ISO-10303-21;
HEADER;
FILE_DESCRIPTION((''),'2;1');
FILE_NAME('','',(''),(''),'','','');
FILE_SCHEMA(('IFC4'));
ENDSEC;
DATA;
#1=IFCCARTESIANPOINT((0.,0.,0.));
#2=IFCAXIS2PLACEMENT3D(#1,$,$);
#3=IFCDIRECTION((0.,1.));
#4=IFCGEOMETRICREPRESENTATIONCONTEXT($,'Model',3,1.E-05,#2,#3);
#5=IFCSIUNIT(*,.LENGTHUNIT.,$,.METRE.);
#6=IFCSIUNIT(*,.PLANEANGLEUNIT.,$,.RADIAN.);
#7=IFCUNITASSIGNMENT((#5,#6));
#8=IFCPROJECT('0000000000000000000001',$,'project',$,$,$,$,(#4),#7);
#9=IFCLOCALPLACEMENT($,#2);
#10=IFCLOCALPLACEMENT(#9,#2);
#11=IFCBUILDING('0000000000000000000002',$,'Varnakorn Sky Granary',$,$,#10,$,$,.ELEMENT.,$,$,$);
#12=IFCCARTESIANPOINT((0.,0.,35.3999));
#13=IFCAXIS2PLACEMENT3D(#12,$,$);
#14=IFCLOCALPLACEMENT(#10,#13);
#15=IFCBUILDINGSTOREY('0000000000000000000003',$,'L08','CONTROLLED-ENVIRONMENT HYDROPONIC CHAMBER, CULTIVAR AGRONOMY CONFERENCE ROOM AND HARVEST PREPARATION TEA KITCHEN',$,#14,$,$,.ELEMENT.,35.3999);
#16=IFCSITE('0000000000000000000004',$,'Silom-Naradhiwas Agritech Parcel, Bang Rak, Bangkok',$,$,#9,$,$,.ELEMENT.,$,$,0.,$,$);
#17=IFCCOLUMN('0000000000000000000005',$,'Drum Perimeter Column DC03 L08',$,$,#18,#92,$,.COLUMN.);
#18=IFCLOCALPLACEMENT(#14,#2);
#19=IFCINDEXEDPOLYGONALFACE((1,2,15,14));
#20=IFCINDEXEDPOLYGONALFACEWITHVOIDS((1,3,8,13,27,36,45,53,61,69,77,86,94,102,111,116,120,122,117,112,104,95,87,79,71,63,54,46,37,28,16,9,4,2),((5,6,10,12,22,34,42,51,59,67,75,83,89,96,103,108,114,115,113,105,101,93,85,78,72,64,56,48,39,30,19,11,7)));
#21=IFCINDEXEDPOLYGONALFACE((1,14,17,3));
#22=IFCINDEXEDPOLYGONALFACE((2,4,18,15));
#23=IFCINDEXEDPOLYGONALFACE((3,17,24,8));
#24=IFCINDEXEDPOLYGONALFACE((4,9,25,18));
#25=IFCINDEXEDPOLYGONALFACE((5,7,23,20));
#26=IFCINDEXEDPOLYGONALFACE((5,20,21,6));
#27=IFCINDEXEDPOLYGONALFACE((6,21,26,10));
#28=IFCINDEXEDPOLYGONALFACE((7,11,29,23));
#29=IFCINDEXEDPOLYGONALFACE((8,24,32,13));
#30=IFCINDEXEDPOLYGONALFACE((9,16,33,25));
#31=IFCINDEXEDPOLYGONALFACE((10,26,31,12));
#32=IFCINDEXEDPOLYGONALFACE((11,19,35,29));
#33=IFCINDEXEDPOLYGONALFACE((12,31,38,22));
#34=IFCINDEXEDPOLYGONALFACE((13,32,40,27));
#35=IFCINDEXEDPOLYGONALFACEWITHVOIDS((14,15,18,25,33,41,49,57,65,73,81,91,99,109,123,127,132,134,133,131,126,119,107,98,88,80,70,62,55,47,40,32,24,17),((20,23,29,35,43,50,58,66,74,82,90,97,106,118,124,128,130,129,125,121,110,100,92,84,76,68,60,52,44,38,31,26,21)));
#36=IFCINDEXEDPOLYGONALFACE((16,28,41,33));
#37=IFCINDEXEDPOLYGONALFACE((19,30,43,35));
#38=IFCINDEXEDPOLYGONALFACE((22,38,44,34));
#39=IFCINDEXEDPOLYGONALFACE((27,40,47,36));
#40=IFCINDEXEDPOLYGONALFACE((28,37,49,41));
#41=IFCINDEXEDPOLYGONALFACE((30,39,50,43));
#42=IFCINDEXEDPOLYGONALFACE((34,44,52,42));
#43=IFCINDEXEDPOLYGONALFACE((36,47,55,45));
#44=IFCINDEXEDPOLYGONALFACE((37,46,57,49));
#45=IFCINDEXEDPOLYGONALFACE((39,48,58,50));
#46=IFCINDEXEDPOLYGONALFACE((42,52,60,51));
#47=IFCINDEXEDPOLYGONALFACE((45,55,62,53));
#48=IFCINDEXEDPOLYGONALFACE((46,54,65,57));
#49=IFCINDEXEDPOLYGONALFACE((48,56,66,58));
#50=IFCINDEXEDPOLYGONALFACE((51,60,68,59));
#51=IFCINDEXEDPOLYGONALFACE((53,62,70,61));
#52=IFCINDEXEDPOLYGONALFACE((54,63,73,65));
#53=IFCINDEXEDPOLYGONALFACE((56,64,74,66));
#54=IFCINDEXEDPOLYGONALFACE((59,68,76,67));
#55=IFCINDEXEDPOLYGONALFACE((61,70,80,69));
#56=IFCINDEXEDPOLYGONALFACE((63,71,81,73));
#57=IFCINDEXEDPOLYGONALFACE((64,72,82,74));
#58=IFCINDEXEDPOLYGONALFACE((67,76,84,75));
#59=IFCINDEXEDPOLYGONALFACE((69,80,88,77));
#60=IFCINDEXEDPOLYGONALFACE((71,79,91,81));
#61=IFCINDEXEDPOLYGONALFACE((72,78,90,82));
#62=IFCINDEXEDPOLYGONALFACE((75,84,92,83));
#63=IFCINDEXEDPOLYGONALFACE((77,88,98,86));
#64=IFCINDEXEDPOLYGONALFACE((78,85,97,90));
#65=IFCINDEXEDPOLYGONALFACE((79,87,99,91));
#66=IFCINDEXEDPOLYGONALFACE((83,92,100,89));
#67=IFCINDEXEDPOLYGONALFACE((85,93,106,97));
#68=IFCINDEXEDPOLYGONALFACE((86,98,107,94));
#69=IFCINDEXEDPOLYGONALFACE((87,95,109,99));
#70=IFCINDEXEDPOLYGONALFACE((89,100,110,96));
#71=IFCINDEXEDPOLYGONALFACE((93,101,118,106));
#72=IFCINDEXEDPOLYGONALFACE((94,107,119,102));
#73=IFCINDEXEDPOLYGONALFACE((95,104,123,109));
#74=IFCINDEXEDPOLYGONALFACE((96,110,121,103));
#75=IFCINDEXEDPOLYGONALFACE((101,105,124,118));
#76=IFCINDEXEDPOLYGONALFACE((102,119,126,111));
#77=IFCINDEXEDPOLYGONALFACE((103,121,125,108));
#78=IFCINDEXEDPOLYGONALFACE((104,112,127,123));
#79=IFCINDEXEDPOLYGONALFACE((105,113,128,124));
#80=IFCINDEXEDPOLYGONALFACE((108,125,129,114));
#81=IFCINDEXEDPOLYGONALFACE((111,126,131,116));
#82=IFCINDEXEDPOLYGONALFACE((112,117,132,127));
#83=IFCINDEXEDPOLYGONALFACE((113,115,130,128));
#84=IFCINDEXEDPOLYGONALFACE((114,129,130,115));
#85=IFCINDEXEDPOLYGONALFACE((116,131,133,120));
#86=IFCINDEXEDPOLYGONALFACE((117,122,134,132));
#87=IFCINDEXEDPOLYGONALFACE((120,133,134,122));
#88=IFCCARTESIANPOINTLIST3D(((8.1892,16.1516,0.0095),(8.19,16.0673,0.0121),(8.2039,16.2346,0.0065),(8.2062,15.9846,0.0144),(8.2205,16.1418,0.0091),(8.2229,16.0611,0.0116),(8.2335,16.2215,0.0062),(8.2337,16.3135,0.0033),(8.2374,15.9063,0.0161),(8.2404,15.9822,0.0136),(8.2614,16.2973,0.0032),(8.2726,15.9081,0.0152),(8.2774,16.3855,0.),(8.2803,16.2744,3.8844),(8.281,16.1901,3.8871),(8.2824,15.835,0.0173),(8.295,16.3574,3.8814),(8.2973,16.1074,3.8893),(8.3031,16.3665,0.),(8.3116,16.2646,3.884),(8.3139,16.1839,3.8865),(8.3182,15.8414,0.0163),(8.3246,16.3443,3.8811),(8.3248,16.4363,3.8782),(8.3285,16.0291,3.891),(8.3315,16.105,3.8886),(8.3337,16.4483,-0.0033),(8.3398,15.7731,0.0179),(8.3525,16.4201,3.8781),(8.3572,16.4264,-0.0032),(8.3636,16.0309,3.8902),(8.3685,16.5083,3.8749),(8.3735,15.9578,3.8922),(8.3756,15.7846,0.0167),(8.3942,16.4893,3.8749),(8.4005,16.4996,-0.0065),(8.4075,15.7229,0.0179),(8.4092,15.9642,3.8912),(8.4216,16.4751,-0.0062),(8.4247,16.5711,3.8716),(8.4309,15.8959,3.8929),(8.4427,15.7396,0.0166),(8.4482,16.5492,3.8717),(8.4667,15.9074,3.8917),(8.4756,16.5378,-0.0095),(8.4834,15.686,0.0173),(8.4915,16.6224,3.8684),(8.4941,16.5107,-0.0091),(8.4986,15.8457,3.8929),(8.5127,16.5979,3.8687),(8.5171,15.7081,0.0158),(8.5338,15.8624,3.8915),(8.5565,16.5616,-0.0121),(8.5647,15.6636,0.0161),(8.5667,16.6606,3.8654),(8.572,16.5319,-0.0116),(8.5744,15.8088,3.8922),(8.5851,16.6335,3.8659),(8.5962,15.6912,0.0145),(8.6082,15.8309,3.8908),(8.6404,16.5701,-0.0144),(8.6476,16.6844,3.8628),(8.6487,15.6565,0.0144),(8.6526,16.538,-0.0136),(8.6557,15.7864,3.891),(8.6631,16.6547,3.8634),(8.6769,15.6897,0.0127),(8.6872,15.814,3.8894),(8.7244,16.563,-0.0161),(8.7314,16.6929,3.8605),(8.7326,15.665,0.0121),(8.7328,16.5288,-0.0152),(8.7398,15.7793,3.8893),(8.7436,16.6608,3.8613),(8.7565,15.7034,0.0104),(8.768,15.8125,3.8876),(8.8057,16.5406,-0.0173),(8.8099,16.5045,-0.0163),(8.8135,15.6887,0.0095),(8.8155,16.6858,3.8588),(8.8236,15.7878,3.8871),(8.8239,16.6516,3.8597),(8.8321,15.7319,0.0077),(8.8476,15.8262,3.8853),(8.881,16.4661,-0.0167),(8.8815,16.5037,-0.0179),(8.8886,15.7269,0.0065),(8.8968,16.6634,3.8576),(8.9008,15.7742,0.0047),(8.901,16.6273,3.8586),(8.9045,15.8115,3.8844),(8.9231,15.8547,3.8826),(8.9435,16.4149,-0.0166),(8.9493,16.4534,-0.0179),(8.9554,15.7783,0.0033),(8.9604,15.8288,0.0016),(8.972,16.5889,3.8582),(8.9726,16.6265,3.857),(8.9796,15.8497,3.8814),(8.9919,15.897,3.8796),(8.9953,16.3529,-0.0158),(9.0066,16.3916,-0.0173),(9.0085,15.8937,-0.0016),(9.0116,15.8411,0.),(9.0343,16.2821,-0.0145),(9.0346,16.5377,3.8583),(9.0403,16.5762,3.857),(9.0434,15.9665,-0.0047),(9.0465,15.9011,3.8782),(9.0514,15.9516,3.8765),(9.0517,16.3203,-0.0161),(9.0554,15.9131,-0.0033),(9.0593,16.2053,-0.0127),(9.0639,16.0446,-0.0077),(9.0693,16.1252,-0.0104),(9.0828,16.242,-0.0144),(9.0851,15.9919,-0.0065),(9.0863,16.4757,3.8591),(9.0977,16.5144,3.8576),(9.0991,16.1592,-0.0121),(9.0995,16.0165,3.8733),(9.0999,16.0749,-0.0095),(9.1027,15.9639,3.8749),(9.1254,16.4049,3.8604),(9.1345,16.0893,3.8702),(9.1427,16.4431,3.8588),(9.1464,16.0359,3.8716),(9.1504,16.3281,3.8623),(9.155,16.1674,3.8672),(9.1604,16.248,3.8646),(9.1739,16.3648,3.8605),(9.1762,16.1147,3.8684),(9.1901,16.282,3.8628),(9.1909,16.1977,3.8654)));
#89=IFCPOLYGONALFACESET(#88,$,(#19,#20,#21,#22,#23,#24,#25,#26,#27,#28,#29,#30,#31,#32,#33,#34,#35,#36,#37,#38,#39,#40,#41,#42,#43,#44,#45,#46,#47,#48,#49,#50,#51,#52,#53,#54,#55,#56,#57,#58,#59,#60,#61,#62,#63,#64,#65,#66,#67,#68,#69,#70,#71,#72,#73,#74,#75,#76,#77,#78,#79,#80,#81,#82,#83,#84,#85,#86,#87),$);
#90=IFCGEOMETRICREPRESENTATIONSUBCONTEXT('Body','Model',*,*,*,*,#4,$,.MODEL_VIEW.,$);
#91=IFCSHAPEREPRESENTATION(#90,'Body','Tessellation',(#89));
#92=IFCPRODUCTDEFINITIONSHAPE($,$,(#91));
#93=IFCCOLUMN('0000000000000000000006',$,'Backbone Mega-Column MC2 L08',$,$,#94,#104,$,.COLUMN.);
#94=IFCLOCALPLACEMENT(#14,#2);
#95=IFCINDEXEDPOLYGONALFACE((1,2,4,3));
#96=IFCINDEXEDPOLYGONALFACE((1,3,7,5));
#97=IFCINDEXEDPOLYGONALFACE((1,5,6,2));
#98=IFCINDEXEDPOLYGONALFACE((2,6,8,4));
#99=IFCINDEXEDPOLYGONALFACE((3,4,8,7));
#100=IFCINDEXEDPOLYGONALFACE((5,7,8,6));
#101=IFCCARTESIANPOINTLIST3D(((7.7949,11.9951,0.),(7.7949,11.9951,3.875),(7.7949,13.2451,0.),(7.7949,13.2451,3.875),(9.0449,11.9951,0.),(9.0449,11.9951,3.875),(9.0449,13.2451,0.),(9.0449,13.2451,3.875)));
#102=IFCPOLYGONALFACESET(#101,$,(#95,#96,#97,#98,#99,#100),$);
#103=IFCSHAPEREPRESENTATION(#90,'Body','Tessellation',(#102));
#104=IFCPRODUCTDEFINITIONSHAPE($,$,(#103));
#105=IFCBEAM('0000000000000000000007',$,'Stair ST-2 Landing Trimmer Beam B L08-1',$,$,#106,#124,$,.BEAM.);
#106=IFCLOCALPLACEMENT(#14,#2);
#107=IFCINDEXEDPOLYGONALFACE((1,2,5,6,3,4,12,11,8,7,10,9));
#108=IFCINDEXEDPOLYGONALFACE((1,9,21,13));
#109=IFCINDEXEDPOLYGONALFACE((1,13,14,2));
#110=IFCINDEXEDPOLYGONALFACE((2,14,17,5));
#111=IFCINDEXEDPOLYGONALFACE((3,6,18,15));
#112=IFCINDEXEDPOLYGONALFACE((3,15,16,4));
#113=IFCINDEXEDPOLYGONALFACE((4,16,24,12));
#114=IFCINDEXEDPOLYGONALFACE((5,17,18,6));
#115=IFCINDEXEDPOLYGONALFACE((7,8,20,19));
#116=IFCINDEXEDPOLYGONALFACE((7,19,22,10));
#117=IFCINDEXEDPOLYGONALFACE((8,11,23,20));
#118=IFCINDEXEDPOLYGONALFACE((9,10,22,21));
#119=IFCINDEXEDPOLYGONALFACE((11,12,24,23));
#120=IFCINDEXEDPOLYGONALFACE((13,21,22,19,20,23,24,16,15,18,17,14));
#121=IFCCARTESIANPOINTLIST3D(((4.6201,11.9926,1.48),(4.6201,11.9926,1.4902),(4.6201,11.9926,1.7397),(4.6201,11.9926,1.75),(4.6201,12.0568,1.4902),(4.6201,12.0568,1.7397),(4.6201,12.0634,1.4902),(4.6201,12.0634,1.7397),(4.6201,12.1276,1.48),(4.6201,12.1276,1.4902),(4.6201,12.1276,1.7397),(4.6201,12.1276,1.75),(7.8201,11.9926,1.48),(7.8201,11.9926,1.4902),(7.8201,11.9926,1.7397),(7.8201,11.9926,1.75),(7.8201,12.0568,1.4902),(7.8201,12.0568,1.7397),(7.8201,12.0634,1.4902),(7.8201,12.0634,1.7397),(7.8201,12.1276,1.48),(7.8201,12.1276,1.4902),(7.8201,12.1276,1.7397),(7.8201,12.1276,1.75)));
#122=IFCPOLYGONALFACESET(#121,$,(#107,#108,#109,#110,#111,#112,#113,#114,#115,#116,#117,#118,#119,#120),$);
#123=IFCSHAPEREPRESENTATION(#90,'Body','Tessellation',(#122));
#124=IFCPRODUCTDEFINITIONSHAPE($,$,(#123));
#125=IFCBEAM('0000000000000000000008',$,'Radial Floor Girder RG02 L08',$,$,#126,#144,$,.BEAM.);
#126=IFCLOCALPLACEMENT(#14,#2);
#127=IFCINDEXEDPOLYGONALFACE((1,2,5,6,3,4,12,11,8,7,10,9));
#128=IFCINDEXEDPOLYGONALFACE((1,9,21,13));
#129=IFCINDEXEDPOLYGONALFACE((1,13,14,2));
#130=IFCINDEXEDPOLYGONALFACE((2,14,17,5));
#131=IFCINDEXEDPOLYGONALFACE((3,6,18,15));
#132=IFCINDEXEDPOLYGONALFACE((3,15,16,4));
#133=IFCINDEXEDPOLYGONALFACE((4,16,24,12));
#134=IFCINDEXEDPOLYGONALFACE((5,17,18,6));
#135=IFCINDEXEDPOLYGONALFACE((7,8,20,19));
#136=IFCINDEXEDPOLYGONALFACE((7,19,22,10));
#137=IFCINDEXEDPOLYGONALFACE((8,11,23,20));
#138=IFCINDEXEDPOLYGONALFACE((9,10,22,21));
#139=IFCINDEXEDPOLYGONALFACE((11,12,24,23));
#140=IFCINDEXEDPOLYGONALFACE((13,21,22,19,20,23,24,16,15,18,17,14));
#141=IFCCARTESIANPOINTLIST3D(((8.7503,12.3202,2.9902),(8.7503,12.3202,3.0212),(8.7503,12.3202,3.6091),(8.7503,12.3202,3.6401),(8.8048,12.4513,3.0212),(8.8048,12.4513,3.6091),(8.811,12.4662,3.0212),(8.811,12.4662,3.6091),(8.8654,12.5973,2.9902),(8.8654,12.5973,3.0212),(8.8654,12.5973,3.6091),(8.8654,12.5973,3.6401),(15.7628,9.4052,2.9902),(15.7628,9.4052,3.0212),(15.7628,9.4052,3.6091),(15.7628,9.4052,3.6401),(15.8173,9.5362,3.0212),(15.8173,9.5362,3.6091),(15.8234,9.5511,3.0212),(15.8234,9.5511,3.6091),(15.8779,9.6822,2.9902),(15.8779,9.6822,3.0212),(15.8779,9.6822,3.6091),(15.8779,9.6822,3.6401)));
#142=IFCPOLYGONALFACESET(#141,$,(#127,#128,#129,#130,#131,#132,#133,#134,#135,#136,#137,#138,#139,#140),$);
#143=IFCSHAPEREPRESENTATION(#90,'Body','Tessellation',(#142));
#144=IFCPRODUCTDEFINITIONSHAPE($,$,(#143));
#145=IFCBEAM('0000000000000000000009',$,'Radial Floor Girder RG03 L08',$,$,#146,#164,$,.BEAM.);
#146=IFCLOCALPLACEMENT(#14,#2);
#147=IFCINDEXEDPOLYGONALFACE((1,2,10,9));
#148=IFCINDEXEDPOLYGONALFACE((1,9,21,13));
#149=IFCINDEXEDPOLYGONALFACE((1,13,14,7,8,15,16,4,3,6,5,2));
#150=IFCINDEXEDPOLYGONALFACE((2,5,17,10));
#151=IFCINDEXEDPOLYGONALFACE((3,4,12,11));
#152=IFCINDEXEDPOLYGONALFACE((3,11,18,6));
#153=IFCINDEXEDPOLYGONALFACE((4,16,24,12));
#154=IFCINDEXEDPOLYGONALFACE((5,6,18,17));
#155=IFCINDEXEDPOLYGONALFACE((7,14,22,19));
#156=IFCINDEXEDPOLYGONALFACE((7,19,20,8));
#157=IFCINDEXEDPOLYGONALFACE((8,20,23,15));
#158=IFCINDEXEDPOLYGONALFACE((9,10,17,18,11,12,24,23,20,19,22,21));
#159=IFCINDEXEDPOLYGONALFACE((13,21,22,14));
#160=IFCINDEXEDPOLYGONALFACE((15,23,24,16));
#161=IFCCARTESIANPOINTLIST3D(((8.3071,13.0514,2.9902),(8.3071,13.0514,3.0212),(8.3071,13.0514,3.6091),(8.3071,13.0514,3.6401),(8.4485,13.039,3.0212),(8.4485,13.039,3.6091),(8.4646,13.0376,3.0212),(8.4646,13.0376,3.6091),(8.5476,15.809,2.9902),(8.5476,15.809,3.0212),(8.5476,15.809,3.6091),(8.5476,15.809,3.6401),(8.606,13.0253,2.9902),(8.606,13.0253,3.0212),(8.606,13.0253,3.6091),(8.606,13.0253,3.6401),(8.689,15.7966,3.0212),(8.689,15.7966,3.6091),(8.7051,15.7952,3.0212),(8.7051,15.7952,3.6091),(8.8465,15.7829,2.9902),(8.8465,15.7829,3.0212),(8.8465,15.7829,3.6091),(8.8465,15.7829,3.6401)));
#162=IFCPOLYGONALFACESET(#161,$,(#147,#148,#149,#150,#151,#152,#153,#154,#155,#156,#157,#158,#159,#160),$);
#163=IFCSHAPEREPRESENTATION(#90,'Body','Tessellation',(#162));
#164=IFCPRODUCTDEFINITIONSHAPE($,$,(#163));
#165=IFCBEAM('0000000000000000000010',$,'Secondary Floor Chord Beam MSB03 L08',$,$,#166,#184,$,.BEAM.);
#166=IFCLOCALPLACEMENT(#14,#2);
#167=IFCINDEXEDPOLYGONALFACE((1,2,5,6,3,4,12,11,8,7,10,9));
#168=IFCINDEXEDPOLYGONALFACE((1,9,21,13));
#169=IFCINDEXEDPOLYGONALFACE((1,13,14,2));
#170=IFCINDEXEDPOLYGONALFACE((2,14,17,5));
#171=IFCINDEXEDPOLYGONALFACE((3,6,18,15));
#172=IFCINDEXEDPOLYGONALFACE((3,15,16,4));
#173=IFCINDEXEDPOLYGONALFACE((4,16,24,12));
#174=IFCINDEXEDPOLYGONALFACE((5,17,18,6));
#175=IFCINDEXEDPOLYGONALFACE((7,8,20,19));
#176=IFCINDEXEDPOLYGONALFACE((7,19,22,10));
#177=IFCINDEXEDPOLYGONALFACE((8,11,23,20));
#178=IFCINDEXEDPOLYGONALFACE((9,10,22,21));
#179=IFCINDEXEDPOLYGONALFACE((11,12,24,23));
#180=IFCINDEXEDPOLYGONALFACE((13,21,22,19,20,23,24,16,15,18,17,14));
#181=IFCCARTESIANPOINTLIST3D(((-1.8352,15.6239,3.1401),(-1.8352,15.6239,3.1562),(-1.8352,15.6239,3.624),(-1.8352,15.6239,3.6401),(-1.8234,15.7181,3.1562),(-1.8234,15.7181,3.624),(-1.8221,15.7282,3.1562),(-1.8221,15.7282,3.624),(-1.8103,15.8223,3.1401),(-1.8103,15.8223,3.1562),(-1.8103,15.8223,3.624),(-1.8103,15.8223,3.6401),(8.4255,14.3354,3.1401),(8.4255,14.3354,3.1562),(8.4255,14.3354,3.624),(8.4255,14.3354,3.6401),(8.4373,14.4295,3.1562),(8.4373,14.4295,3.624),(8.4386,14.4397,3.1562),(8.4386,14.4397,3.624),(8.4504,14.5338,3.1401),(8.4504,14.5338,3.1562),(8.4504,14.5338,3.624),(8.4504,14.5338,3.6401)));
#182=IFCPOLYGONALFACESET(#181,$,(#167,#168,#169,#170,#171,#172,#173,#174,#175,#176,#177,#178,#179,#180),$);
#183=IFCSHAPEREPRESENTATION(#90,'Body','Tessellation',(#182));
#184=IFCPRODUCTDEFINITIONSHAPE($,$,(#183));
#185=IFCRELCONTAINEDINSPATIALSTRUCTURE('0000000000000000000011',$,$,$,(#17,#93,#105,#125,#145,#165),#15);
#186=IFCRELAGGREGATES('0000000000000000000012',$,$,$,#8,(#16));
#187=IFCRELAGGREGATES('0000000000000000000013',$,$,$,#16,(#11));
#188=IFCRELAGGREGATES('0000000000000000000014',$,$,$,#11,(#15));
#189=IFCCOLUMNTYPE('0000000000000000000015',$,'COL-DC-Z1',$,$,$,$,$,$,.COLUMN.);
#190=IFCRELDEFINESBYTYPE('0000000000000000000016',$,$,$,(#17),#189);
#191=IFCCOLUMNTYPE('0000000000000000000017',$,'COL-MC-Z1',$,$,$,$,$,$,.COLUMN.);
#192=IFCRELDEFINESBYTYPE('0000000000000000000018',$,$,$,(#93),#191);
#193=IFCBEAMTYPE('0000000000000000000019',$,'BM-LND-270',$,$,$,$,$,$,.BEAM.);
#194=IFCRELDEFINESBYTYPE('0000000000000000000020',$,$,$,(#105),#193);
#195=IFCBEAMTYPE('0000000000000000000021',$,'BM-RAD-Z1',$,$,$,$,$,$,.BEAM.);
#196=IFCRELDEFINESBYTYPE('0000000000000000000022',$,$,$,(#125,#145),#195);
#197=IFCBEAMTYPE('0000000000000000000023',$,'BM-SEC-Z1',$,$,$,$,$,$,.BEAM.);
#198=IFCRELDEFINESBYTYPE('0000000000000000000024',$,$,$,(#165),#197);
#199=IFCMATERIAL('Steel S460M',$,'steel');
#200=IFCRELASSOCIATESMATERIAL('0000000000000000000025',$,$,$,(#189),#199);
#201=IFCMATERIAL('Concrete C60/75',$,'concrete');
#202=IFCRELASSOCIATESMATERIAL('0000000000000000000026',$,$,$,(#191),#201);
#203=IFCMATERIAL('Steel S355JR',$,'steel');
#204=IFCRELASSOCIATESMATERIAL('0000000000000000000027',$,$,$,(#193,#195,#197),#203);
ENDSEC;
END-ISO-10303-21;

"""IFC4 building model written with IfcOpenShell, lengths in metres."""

from ifc_helpers import new_model, si_unit, direction, frame, origin, origin_2d, place, context, subcontext, project, spatial, rectangle, hollow_circle, i_section, extrude, material, material_profile, profile_set, type_object, element, save


model = new_model("IFC4")

# Units and contexts
model_context = context("Model", 3, precision=1e-05, world=origin(), true_north=direction((0.0, 1.0)))
body_context = subcontext(model_context, "Body", "Model", "MODEL_VIEW")
ifc_project = project(units=[si_unit("LENGTHUNIT", "METRE"), si_unit("PLANEANGLEUNIT", "RADIAN")], contexts=[model_context])

# Site, building, storey
site_placement = place(None, origin())
site = spatial("IfcSite", under=ifc_project, at=site_placement, Name="Silom-Naradhiwas Agritech Parcel, Bang Rak, Bangkok", CompositionType="ELEMENT", RefElevation=0.0)
building_placement = place(site_placement, origin())
building = spatial("IfcBuilding", under=site, at=building_placement, Name="Varnakorn Sky Granary", CompositionType="ELEMENT")
storey_placement = place(building_placement, frame((0.0, 0.0, 35.3999)))
storey = spatial("IfcBuildingStorey", under=building, at=storey_placement, Name="L08", Description="CONTROLLED-ENVIRONMENT HYDROPONIC CHAMBER, CULTIVAR AGRONOMY CONFERENCE ROOM AND HARVEST PREPARATION TEA KITCHEN", CompositionType="ELEMENT", Elevation=35.3999)

# Columns
ifc_material_1 = material(Name="Steel S460M", Category="steel")
ifc_material_profile_1 = material_profile(ifc_material_1, hollow_circle(Radius=0.457, WallThickness=0.032, at=origin_2d()), Name="CHS 914x32")
ifc_profile_set_1 = profile_set([ifc_material_profile_1], Name="Steel S460M")
column_type_1 = type_object("IfcColumnType", Name="COL-DC-Z1", PredefinedType="COLUMN", material=ifc_profile_set_1)
column_1_placement = place(storey_placement, frame((8.6445, 16.1133, 0.0), z_axis=(0.023482, 0.031666, 0.999223), x_axis=(-0.803246, 0.595648, 0.0)))
element("IfcColumn", 1, at=column_1_placement, inside=storey, type_object=column_type_1, Name="Drum Perimeter Column DC03 L08", PredefinedType="COLUMN", context=body_context, shape_type="SweptSolid", body=[
    extrude(hollow_circle(Radius=0.457, WallThickness=0.032, at=origin_2d()), origin(), (0.0, 0.0, 1.0), 3.8779),
])
ifc_material_2 = material(Name="Concrete C60/75", Category="concrete")
ifc_material_profile_2 = material_profile(ifc_material_2, rectangle(XDim=1.25, YDim=1.25, at=origin_2d()), Name="RC 1250x1250")
ifc_profile_set_2 = profile_set([ifc_material_profile_2], Name="Concrete C60/75")
column_type_2 = type_object("IfcColumnType", Name="COL-MC-Z1", PredefinedType="COLUMN", material=ifc_profile_set_2)
column_2_placement = place(storey_placement, frame((8.4199, 12.6201, 0.0), z_axis=(0.0, 0.0, 1.0), x_axis=(1.0, 0.0, 0.0)))
element("IfcColumn", 2, at=column_2_placement, inside=storey, type_object=column_type_2, Name="Backbone Mega-Column MC2 L08", PredefinedType="COLUMN", context=body_context, shape_type="SweptSolid", body=[
    extrude(rectangle(XDim=1.25, YDim=1.25, at=origin_2d()), origin(), (0.0, 0.0, 1.0), 3.875),
])

# Beams
ifc_material_3 = material(Name="Steel S355JR", Category="steel")
ifc_material_profile_3 = material_profile(ifc_material_3, i_section(OverallWidth=0.135, OverallDepth=0.27, WebThickness=0.0066, FlangeThickness=0.0103, at=origin_2d()), Name="IPE 270")
ifc_profile_set_3 = profile_set([ifc_material_profile_3], Name="Steel S355JR")
beam_type_1 = type_object("IfcBeamType", Name="BM-LND-270", PredefinedType="BEAM", material=ifc_profile_set_3)
beam_1_placement = place(storey_placement, frame((4.6201, 12.0601, 1.615), z_axis=(1.0, 0.0, 0.0), x_axis=(0.0, 1.0, 0.0)))
element("IfcBeam", 3, at=beam_1_placement, inside=storey, type_object=beam_type_1, Name="Stair ST-2 Landing Trimmer Beam B L08-1", PredefinedType="BEAM", context=body_context, shape_type="SweptSolid", body=[
    extrude(i_section(OverallWidth=0.135, OverallDepth=0.27, WebThickness=0.0066, FlangeThickness=0.0103, at=origin_2d()), origin(), (0.0, 0.0, 1.0), 3.2),
])
ifc_material_profile_4 = material_profile(ifc_material_3, i_section(OverallWidth=0.3, OverallDepth=0.6499, WebThickness=0.0161, FlangeThickness=0.031, at=origin_2d()), Name="HE 650 B")
ifc_profile_set_4 = profile_set([ifc_material_profile_4], Name="Steel S355JR")
beam_type_2 = type_object("IfcBeamType", Name="BM-RAD-Z1", PredefinedType="BEAM", material=ifc_profile_set_4)
beam_2_placement = place(storey_placement, frame((8.8079, 12.4587, 3.3152), z_axis=(0.923395, -0.383851, 0.0), x_axis=(0.383851, 0.923395, 0.0)))
element("IfcBeam", 4, at=beam_2_placement, inside=storey, type_object=beam_type_2, Name="Radial Floor Girder RG02 L08", PredefinedType="BEAM", context=body_context, shape_type="SweptSolid", body=[
    extrude(i_section(OverallWidth=0.3, OverallDepth=0.6499, WebThickness=0.0161, FlangeThickness=0.031, at=origin_2d()), origin(), (0.0, 0.0, 1.0), 7.5942),
])
beam_3_placement = place(storey_placement, frame((8.4565, 13.0383, 3.3152), z_axis=(0.086877, 0.996219, 0.0), x_axis=(-0.996219, 0.086877, 0.0)))
element("IfcBeam", 5, at=beam_3_placement, inside=storey, type_object=beam_type_2, Name="Radial Floor Girder RG03 L08", PredefinedType="BEAM", context=body_context, shape_type="SweptSolid", body=[
    extrude(i_section(OverallWidth=0.3, OverallDepth=0.6499, WebThickness=0.0161, FlangeThickness=0.031, at=origin_2d()), origin(), (0.0, 0.0, 1.0), 2.7681),
])
ifc_material_profile_5 = material_profile(ifc_material_3, i_section(OverallWidth=0.2, OverallDepth=0.5, WebThickness=0.0103, FlangeThickness=0.0161, at=origin_2d()), Name="IPE 500")
ifc_profile_set_5 = profile_set([ifc_material_profile_5], Name="Steel S355JR")
beam_type_3 = type_object("IfcBeamType", Name="BM-SEC-Z1", PredefinedType="BEAM", material=ifc_profile_set_5)
beam_4_placement = place(storey_placement, frame((8.438, 14.4346, 3.3901), z_axis=(-0.992207, 0.124604, 0.0), x_axis=(-0.124604, -0.992207, 0.0)))
element("IfcBeam", 6, at=beam_4_placement, inside=storey, type_object=beam_type_3, Name="Secondary Floor Chord Beam MSB03 L08", PredefinedType="BEAM", context=body_context, shape_type="SweptSolid", body=[
    extrude(i_section(OverallWidth=0.2, OverallDepth=0.5, WebThickness=0.0103, FlangeThickness=0.0161, at=origin_2d()), origin(), (0.0, 0.0, 1.0), 10.3413),
])

save(model, "model.ifc")
